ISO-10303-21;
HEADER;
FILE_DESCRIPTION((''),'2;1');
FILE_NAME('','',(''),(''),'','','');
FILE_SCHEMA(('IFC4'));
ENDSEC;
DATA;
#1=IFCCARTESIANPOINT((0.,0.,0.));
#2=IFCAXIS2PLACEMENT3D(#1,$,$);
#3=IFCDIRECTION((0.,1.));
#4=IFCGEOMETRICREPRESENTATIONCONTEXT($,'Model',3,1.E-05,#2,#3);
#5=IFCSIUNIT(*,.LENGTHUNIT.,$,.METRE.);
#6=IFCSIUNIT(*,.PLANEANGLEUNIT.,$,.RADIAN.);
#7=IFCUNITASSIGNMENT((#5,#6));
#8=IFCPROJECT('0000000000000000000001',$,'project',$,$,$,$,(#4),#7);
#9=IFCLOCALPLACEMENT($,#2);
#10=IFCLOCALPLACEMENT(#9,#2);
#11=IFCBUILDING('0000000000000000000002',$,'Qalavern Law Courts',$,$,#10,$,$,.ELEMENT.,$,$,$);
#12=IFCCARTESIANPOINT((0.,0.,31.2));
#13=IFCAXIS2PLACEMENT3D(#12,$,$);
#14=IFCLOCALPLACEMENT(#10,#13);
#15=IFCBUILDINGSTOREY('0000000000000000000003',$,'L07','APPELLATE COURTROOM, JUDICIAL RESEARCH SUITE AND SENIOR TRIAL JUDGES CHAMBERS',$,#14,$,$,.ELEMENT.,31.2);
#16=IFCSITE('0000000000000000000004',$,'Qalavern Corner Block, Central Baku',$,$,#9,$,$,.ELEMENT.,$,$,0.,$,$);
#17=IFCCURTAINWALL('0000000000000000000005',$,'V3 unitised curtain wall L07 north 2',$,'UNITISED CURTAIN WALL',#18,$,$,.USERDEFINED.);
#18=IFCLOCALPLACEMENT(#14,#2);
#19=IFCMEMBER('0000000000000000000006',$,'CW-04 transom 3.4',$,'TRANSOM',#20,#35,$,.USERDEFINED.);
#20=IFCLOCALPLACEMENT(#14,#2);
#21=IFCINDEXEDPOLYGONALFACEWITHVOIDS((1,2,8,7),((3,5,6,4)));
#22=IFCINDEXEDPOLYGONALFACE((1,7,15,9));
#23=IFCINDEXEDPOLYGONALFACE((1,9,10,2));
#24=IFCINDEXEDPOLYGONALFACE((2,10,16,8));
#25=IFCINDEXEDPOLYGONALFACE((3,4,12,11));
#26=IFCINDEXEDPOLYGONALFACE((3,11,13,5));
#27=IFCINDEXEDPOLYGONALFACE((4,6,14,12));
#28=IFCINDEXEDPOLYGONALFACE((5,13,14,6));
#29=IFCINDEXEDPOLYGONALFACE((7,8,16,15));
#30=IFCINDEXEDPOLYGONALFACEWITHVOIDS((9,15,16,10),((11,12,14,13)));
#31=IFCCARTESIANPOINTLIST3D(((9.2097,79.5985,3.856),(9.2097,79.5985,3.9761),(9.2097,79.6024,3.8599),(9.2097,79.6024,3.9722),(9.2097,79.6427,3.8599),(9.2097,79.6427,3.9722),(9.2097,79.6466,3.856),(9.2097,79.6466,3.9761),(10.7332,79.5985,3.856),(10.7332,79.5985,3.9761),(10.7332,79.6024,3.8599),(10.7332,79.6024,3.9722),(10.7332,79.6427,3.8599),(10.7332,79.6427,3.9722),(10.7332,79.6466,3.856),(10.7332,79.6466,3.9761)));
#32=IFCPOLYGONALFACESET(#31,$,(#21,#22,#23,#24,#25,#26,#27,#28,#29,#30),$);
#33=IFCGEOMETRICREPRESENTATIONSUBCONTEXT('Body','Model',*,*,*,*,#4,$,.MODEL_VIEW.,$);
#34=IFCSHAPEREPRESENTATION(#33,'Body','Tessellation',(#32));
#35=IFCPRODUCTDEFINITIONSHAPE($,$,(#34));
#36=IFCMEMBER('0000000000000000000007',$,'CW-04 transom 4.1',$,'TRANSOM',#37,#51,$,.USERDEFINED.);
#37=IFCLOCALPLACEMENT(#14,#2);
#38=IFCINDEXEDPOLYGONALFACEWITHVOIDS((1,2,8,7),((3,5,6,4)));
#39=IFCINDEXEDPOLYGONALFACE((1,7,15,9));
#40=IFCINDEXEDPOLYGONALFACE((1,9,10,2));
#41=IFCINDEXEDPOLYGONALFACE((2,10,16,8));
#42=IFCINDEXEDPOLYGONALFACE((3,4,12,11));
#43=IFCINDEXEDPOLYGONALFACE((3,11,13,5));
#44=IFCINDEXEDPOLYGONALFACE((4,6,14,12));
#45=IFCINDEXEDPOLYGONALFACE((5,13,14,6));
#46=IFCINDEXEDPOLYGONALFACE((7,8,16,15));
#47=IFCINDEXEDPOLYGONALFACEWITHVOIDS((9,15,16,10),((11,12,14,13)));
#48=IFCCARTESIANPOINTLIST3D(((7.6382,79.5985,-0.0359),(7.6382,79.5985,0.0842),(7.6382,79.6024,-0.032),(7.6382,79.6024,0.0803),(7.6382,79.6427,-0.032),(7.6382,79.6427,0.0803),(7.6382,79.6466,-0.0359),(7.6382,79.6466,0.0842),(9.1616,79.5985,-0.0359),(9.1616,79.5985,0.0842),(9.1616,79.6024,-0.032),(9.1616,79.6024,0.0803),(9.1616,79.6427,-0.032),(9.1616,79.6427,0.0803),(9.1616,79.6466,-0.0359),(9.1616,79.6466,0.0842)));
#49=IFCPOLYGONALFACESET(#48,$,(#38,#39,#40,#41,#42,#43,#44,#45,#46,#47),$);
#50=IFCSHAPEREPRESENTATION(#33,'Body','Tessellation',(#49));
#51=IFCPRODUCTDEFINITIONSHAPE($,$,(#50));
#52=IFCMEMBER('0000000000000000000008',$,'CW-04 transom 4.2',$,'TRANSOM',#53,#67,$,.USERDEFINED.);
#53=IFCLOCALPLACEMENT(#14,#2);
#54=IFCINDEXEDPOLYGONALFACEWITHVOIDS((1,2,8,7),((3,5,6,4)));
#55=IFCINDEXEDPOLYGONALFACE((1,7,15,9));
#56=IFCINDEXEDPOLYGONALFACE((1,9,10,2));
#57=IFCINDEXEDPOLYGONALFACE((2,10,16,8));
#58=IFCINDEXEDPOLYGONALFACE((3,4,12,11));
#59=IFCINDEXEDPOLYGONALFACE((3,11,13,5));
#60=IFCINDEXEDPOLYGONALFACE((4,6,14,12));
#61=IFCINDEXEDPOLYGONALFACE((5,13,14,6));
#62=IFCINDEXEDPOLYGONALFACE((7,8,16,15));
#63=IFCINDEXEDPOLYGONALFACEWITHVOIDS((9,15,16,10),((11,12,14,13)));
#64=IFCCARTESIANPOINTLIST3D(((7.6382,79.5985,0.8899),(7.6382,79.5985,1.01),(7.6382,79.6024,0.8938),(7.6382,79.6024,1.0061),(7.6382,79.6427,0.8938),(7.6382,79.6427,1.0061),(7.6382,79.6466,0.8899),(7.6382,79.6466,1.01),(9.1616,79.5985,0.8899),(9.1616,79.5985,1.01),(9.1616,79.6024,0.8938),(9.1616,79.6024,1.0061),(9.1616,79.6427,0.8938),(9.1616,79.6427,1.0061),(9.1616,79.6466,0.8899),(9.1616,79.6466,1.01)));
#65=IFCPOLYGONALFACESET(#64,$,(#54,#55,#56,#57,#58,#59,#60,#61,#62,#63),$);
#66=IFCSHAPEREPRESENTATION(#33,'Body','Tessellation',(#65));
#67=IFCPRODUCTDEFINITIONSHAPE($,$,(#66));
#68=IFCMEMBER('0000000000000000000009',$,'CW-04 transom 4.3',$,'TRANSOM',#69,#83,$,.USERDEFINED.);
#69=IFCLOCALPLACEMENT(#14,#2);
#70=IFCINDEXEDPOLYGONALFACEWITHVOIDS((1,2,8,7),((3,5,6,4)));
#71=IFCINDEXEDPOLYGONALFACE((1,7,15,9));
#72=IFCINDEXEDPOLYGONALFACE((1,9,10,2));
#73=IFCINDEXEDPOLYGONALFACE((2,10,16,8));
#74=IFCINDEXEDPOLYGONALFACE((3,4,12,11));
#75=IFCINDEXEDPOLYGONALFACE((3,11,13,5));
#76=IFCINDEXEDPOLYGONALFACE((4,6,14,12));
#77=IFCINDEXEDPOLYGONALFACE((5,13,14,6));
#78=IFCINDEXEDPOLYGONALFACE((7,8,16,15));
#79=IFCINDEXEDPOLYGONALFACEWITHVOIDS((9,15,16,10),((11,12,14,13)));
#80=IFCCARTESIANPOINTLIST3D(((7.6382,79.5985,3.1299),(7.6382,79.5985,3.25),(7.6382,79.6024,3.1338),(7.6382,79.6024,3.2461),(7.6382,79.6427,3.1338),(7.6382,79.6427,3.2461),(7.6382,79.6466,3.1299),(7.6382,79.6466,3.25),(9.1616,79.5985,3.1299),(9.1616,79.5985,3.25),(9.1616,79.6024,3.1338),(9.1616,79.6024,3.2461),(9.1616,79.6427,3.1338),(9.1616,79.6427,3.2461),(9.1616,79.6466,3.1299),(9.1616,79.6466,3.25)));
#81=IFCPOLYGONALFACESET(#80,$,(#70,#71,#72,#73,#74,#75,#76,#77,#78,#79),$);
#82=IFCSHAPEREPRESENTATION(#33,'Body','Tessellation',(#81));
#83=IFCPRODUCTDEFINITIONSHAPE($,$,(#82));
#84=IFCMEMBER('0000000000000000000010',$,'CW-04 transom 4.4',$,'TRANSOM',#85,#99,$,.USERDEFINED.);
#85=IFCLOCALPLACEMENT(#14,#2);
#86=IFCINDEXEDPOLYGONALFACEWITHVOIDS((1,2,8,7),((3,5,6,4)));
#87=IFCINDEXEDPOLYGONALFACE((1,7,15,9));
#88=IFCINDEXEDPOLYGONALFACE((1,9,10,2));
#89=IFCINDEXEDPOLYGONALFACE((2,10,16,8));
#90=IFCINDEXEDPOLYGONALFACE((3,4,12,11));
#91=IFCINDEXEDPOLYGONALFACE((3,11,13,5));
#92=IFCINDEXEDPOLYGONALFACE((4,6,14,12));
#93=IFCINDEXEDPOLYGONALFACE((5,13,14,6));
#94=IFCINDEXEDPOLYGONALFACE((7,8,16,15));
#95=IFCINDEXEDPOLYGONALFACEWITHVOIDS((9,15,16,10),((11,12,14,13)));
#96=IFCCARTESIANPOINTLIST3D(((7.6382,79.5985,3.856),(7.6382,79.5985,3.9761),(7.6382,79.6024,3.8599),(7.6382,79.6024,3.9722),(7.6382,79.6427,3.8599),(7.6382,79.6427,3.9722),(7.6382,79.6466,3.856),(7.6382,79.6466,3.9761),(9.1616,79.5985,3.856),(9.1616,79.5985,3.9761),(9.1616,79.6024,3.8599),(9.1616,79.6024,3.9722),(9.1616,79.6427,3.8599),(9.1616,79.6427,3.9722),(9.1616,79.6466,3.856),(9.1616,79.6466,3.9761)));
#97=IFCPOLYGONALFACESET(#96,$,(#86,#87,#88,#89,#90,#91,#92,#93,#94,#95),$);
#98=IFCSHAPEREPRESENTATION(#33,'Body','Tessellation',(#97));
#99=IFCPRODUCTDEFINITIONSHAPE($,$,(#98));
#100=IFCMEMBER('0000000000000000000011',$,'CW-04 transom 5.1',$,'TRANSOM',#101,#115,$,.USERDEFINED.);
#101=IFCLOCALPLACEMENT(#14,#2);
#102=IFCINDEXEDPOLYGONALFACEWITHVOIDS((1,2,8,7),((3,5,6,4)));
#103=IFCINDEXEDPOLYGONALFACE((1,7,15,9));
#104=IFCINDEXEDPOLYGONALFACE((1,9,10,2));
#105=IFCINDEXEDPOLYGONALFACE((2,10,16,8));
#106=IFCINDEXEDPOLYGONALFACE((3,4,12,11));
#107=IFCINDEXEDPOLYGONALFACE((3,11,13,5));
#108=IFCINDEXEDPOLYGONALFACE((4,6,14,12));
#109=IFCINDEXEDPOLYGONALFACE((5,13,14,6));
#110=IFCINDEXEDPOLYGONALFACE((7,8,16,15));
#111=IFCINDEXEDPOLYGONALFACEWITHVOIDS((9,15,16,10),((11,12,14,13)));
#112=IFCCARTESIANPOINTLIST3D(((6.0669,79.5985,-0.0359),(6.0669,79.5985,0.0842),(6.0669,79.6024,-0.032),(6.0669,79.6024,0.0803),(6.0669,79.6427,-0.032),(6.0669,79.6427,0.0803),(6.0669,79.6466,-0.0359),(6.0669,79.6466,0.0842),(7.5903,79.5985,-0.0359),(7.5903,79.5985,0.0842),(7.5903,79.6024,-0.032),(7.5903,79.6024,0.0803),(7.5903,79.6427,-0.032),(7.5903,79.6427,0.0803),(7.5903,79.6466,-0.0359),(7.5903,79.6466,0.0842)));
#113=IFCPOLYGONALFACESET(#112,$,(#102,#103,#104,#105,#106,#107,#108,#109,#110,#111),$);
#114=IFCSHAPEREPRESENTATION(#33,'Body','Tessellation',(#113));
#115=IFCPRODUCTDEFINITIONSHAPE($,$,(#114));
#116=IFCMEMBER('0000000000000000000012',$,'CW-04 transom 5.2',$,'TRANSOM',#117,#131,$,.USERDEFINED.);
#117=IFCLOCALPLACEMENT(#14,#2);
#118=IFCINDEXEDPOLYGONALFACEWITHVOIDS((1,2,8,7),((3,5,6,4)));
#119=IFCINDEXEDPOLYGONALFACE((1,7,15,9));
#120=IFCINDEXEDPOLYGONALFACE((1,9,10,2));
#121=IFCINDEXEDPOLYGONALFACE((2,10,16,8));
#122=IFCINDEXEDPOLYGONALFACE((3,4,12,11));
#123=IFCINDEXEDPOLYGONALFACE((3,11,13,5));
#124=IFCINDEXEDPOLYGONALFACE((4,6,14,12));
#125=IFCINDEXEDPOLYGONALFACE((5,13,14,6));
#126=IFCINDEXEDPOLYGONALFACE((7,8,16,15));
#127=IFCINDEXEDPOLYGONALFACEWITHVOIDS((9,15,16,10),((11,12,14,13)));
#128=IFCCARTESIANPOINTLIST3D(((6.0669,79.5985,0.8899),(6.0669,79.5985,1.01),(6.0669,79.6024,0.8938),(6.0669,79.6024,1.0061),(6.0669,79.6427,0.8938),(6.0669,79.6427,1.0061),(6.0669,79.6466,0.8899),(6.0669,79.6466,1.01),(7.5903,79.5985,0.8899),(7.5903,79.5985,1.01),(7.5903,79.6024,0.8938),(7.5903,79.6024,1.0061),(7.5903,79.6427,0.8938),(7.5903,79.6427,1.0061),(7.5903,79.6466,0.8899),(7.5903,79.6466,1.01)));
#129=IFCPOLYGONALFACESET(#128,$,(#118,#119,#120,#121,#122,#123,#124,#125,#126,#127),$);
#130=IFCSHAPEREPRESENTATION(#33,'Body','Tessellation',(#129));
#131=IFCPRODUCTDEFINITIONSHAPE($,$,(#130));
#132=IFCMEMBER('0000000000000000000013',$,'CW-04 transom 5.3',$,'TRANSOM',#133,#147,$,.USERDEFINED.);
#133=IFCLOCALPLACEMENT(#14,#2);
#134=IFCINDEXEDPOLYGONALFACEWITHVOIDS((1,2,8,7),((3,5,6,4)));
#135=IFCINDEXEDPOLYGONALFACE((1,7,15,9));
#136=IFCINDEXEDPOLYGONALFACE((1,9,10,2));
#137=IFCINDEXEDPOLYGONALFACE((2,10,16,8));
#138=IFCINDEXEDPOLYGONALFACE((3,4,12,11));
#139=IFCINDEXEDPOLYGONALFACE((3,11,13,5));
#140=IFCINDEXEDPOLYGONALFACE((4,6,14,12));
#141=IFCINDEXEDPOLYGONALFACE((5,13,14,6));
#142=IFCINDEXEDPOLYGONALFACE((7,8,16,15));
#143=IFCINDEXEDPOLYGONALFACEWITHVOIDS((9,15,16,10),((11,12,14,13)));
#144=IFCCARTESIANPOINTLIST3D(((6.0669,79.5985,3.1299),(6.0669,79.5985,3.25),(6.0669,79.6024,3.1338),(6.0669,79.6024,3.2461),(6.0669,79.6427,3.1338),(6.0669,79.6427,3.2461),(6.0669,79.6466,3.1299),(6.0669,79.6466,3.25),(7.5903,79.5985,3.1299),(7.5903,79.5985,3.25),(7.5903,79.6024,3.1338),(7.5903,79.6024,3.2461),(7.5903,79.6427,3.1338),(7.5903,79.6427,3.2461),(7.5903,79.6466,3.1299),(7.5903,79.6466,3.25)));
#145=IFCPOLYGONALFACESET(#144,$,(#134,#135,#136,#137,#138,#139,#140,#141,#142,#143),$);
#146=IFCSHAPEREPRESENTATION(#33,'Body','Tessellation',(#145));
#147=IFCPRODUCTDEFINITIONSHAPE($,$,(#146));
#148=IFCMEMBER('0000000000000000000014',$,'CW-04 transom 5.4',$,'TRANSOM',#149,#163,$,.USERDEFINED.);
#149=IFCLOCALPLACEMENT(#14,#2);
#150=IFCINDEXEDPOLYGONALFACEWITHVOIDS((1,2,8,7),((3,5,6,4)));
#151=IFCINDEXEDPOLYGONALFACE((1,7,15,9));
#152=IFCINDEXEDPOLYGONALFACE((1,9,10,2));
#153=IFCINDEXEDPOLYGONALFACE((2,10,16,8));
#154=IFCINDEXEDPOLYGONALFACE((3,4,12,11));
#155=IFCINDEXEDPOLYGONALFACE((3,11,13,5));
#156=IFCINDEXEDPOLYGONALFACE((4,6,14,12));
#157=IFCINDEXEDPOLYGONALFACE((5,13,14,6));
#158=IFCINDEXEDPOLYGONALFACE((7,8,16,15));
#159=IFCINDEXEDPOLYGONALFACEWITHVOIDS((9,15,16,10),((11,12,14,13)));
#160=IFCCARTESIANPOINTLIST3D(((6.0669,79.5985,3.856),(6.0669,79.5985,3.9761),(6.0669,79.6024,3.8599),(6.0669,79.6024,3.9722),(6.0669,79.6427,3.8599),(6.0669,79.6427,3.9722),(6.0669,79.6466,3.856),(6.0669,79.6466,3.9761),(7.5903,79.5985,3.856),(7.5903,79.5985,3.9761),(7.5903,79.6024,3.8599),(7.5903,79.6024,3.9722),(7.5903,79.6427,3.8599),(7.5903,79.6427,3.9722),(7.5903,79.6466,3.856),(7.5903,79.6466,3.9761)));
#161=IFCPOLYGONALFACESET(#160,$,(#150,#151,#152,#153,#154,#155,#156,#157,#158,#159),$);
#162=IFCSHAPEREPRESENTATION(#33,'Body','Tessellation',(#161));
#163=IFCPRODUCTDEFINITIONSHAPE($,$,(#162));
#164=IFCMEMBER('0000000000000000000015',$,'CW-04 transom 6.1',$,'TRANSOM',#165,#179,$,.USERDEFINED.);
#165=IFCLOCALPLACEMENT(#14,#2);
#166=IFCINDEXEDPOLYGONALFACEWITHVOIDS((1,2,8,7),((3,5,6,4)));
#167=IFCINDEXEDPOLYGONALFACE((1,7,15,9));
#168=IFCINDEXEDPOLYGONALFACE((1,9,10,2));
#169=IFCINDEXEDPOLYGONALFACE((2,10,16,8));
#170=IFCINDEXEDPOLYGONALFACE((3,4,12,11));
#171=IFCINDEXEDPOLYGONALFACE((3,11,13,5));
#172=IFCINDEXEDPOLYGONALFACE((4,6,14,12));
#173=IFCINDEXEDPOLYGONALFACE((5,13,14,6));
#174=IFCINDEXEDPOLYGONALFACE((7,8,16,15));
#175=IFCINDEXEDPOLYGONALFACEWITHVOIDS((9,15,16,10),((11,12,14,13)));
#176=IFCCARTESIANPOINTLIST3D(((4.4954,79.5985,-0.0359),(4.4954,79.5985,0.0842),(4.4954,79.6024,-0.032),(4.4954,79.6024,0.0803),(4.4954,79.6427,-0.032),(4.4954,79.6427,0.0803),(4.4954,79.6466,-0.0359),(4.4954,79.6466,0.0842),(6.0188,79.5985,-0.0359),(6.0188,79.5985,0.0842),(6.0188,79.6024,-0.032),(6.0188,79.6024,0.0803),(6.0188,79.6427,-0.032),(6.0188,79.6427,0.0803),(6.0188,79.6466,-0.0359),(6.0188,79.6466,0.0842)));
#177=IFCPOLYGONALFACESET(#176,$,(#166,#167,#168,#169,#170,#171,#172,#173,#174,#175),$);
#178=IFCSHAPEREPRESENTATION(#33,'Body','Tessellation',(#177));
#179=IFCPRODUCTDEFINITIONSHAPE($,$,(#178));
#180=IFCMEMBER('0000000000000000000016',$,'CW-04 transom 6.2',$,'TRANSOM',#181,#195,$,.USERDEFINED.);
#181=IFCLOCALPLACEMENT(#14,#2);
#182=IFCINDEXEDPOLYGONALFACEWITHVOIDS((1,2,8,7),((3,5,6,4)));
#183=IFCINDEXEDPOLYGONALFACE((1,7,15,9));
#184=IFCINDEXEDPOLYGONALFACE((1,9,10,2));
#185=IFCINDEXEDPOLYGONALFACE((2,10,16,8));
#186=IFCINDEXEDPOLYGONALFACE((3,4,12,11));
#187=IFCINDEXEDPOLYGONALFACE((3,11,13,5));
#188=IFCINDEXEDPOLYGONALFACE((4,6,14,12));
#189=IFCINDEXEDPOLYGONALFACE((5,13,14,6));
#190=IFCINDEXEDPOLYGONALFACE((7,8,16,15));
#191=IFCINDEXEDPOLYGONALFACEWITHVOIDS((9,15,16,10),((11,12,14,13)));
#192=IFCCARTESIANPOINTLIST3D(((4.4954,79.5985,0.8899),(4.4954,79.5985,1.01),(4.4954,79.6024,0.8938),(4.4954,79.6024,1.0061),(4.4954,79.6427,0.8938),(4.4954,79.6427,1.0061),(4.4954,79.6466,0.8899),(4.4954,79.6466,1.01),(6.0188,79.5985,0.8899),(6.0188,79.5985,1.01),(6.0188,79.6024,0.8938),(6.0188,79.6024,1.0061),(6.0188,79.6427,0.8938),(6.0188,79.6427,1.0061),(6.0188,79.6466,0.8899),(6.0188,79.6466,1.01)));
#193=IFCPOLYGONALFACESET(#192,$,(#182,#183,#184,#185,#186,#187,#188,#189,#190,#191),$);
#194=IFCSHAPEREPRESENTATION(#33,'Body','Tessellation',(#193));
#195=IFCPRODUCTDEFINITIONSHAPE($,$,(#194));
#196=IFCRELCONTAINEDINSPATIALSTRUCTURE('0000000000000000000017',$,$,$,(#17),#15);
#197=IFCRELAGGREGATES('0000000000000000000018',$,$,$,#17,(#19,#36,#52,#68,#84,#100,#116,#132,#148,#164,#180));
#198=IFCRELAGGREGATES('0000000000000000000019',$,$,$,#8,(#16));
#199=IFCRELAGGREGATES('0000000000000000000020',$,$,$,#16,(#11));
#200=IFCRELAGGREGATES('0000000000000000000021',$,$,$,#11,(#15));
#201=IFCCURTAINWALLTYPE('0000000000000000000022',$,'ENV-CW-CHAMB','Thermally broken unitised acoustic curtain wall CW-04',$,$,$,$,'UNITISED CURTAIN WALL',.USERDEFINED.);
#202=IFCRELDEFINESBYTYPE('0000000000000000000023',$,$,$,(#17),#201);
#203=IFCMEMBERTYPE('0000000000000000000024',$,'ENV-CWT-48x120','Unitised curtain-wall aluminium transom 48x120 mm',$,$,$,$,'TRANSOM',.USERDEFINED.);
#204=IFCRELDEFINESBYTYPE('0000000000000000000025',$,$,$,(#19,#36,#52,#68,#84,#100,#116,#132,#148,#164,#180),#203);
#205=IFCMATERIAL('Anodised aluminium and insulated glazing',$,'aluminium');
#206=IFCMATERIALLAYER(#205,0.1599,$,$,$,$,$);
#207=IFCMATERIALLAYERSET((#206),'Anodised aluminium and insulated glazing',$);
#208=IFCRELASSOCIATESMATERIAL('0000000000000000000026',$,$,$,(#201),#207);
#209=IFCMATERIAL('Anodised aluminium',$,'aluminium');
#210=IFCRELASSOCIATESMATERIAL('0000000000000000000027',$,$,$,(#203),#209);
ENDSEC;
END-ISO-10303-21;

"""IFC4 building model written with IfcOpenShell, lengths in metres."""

from ifc_helpers import new_model, si_unit, direction, frame, origin, origin_2d, place, context, subcontext, project, spatial, hollow_rectangle, extrude, material, layer, layer_set, material_profile, profile_set, type_object, element, aggregate, save


model = new_model("IFC4")

# Units and contexts
model_context = context("Model", 3, precision=1e-05, world=origin(), true_north=direction((0.0, 1.0)))
body_context = subcontext(model_context, "Body", "Model", "MODEL_VIEW")
ifc_project = project(units=[si_unit("LENGTHUNIT", "METRE"), si_unit("PLANEANGLEUNIT", "RADIAN")], contexts=[model_context])

# Site, building, storey
site_placement = place(None, origin())
site = spatial("IfcSite", under=ifc_project, at=site_placement, Name="Qalavern Corner Block, Central Baku", CompositionType="ELEMENT", RefElevation=0.0)
building_placement = place(site_placement, origin())
building = spatial("IfcBuilding", under=site, at=building_placement, Name="Qalavern Law Courts", CompositionType="ELEMENT")
storey_placement = place(building_placement, frame((0.0, 0.0, 31.2)))
storey = spatial("IfcBuildingStorey", under=building, at=storey_placement, Name="L07", Description="APPELLATE COURTROOM, JUDICIAL RESEARCH SUITE AND SENIOR TRIAL JUDGES CHAMBERS", CompositionType="ELEMENT", Elevation=31.2)

# Curtain wall, members
ifc_material_1 = material(Name="Anodised aluminium and insulated glazing", Category="aluminium")
ifc_layer_1 = layer(ifc_material_1, 0.1599)
ifc_layer_set_1 = layer_set([ifc_layer_1], Name="Anodised aluminium and insulated glazing")
curtain_wall_type = type_object("IfcCurtainWallType", Name="ENV-CW-CHAMB", Description="Thermally broken unitised acoustic curtain wall CW-04", ElementType="UNITISED CURTAIN WALL", PredefinedType="USERDEFINED", material=ifc_layer_set_1)
curtain_wall_placement = place(storey_placement, origin())
curtain_wall = element("IfcCurtainWall", 1, at=curtain_wall_placement, inside=storey, type_object=curtain_wall_type, Name="V3 unitised curtain wall L07 north 2", ObjectType="UNITISED CURTAIN WALL", PredefinedType="USERDEFINED")
ifc_material_2 = material(Name="Anodised aluminium", Category="aluminium")
ifc_material_profile_1 = material_profile(ifc_material_2, hollow_rectangle(XDim=0.0481, YDim=0.1201, WallThickness=0.0039, at=origin_2d()), Name="ALU TRANSOM 48x120")
ifc_profile_set_1 = profile_set([ifc_material_profile_1], Name="Anodised aluminium")
member_type_1 = type_object("IfcMemberType", Name="ENV-CWT-48x120", Description="Unitised curtain-wall aluminium transom 48x120 mm", ElementType="TRANSOM", PredefinedType="USERDEFINED", material=ifc_profile_set_1)
member_1_placement = place(storey_placement, frame((10.7332, 79.6226, 3.916), z_axis=(-1.0, 0.0, 0.0), x_axis=(0.0, -1.0, 0.0)))
member_1 = element("IfcMember", 2, at=member_1_placement, type_object=member_type_1, Name="CW-04 transom 3.4", ObjectType="TRANSOM", PredefinedType="USERDEFINED", context=body_context, shape_type="SweptSolid", body=[
    extrude(hollow_rectangle(XDim=0.0481, YDim=0.1201, WallThickness=0.0039, at=origin_2d()), origin(), (0.0, 0.0, 1.0), 1.5234),
])
member_2_placement = place(storey_placement, frame((9.1616, 79.6226, 0.0242), z_axis=(-1.0, 0.0, 0.0), x_axis=(0.0, -1.0, 0.0)))
member_2 = element("IfcMember", 3, at=member_2_placement, type_object=member_type_1, Name="CW-04 transom 4.1", ObjectType="TRANSOM", PredefinedType="USERDEFINED", context=body_context, shape_type="SweptSolid", body=[
    extrude(hollow_rectangle(XDim=0.0481, YDim=0.1201, WallThickness=0.0039, at=origin_2d()), origin(), (0.0, 0.0, 1.0), 1.5234),
])
member_3_placement = place(storey_placement, frame((9.1616, 79.6226, 0.95), z_axis=(-1.0, 0.0, 0.0), x_axis=(0.0, -1.0, 0.0)))
member_3 = element("IfcMember", 4, at=member_3_placement, type_object=member_type_1, Name="CW-04 transom 4.2", ObjectType="TRANSOM", PredefinedType="USERDEFINED", context=body_context, shape_type="SweptSolid", body=[
    extrude(hollow_rectangle(XDim=0.0481, YDim=0.1201, WallThickness=0.0039, at=origin_2d()), origin(), (0.0, 0.0, 1.0), 1.5234),
])
member_4_placement = place(storey_placement, frame((9.1616, 79.6226, 3.1899), z_axis=(-1.0, 0.0, 0.0), x_axis=(0.0, -1.0, 0.0)))
member_4 = element("IfcMember", 5, at=member_4_placement, type_object=member_type_1, Name="CW-04 transom 4.3", ObjectType="TRANSOM", PredefinedType="USERDEFINED", context=body_context, shape_type="SweptSolid", body=[
    extrude(hollow_rectangle(XDim=0.0481, YDim=0.1201, WallThickness=0.0039, at=origin_2d()), origin(), (0.0, 0.0, 1.0), 1.5234),
])
member_5_placement = place(storey_placement, frame((9.1616, 79.6226, 3.916), z_axis=(-1.0, 0.0, 0.0), x_axis=(0.0, -1.0, 0.0)))
member_5 = element("IfcMember", 6, at=member_5_placement, type_object=member_type_1, Name="CW-04 transom 4.4", ObjectType="TRANSOM", PredefinedType="USERDEFINED", context=body_context, shape_type="SweptSolid", body=[
    extrude(hollow_rectangle(XDim=0.0481, YDim=0.1201, WallThickness=0.0039, at=origin_2d()), origin(), (0.0, 0.0, 1.0), 1.5234),
])
member_6_placement = place(storey_placement, frame((7.5903, 79.6226, 0.0242), z_axis=(-1.0, 0.0, 0.0), x_axis=(0.0, -1.0, 0.0)))
member_6 = element("IfcMember", 7, at=member_6_placement, type_object=member_type_1, Name="CW-04 transom 5.1", ObjectType="TRANSOM", PredefinedType="USERDEFINED", context=body_context, shape_type="SweptSolid", body=[
    extrude(hollow_rectangle(XDim=0.0481, YDim=0.1201, WallThickness=0.0039, at=origin_2d()), origin(), (0.0, 0.0, 1.0), 1.5234),
])
member_7_placement = place(storey_placement, frame((7.5903, 79.6226, 0.95), z_axis=(-1.0, 0.0, 0.0), x_axis=(0.0, -1.0, 0.0)))
member_7 = element("IfcMember", 8, at=member_7_placement, type_object=member_type_1, Name="CW-04 transom 5.2", ObjectType="TRANSOM", PredefinedType="USERDEFINED", context=body_context, shape_type="SweptSolid", body=[
    extrude(hollow_rectangle(XDim=0.0481, YDim=0.1201, WallThickness=0.0039, at=origin_2d()), origin(), (0.0, 0.0, 1.0), 1.5234),
])
member_8_placement = place(storey_placement, frame((7.5903, 79.6226, 3.1899), z_axis=(-1.0, 0.0, 0.0), x_axis=(0.0, -1.0, 0.0)))
member_8 = element("IfcMember", 9, at=member_8_placement, type_object=member_type_1, Name="CW-04 transom 5.3", ObjectType="TRANSOM", PredefinedType="USERDEFINED", context=body_context, shape_type="SweptSolid", body=[
    extrude(hollow_rectangle(XDim=0.0481, YDim=0.1201, WallThickness=0.0039, at=origin_2d()), origin(), (0.0, 0.0, 1.0), 1.5234),
])
member_9_placement = place(storey_placement, frame((7.5903, 79.6226, 3.916), z_axis=(-1.0, 0.0, 0.0), x_axis=(0.0, -1.0, 0.0)))
member_9 = element("IfcMember", 10, at=member_9_placement, type_object=member_type_1, Name="CW-04 transom 5.4", ObjectType="TRANSOM", PredefinedType="USERDEFINED", context=body_context, shape_type="SweptSolid", body=[
    extrude(hollow_rectangle(XDim=0.0481, YDim=0.1201, WallThickness=0.0039, at=origin_2d()), origin(), (0.0, 0.0, 1.0), 1.5234),
])
member_10_placement = place(storey_placement, frame((6.0188, 79.6226, 0.0242), z_axis=(-1.0, 0.0, 0.0), x_axis=(0.0, -1.0, 0.0)))
member_10 = element("IfcMember", 11, at=member_10_placement, type_object=member_type_1, Name="CW-04 transom 6.1", ObjectType="TRANSOM", PredefinedType="USERDEFINED", context=body_context, shape_type="SweptSolid", body=[
    extrude(hollow_rectangle(XDim=0.0481, YDim=0.1201, WallThickness=0.0039, at=origin_2d()), origin(), (0.0, 0.0, 1.0), 1.5234),
])
member_11_placement = place(storey_placement, frame((6.0188, 79.6226, 0.95), z_axis=(-1.0, 0.0, 0.0), x_axis=(0.0, -1.0, 0.0)))
member_11 = element("IfcMember", 12, at=member_11_placement, type_object=member_type_1, Name="CW-04 transom 6.2", ObjectType="TRANSOM", PredefinedType="USERDEFINED", context=body_context, shape_type="SweptSolid", body=[
    extrude(hollow_rectangle(XDim=0.0481, YDim=0.1201, WallThickness=0.0039, at=origin_2d()), origin(), (0.0, 0.0, 1.0), 1.5234),
])
aggregate(curtain_wall, [member_1, member_2, member_3, member_4, member_5, member_6, member_7, member_8, member_9, member_10, member_11])

save(model, "model.ifc")
